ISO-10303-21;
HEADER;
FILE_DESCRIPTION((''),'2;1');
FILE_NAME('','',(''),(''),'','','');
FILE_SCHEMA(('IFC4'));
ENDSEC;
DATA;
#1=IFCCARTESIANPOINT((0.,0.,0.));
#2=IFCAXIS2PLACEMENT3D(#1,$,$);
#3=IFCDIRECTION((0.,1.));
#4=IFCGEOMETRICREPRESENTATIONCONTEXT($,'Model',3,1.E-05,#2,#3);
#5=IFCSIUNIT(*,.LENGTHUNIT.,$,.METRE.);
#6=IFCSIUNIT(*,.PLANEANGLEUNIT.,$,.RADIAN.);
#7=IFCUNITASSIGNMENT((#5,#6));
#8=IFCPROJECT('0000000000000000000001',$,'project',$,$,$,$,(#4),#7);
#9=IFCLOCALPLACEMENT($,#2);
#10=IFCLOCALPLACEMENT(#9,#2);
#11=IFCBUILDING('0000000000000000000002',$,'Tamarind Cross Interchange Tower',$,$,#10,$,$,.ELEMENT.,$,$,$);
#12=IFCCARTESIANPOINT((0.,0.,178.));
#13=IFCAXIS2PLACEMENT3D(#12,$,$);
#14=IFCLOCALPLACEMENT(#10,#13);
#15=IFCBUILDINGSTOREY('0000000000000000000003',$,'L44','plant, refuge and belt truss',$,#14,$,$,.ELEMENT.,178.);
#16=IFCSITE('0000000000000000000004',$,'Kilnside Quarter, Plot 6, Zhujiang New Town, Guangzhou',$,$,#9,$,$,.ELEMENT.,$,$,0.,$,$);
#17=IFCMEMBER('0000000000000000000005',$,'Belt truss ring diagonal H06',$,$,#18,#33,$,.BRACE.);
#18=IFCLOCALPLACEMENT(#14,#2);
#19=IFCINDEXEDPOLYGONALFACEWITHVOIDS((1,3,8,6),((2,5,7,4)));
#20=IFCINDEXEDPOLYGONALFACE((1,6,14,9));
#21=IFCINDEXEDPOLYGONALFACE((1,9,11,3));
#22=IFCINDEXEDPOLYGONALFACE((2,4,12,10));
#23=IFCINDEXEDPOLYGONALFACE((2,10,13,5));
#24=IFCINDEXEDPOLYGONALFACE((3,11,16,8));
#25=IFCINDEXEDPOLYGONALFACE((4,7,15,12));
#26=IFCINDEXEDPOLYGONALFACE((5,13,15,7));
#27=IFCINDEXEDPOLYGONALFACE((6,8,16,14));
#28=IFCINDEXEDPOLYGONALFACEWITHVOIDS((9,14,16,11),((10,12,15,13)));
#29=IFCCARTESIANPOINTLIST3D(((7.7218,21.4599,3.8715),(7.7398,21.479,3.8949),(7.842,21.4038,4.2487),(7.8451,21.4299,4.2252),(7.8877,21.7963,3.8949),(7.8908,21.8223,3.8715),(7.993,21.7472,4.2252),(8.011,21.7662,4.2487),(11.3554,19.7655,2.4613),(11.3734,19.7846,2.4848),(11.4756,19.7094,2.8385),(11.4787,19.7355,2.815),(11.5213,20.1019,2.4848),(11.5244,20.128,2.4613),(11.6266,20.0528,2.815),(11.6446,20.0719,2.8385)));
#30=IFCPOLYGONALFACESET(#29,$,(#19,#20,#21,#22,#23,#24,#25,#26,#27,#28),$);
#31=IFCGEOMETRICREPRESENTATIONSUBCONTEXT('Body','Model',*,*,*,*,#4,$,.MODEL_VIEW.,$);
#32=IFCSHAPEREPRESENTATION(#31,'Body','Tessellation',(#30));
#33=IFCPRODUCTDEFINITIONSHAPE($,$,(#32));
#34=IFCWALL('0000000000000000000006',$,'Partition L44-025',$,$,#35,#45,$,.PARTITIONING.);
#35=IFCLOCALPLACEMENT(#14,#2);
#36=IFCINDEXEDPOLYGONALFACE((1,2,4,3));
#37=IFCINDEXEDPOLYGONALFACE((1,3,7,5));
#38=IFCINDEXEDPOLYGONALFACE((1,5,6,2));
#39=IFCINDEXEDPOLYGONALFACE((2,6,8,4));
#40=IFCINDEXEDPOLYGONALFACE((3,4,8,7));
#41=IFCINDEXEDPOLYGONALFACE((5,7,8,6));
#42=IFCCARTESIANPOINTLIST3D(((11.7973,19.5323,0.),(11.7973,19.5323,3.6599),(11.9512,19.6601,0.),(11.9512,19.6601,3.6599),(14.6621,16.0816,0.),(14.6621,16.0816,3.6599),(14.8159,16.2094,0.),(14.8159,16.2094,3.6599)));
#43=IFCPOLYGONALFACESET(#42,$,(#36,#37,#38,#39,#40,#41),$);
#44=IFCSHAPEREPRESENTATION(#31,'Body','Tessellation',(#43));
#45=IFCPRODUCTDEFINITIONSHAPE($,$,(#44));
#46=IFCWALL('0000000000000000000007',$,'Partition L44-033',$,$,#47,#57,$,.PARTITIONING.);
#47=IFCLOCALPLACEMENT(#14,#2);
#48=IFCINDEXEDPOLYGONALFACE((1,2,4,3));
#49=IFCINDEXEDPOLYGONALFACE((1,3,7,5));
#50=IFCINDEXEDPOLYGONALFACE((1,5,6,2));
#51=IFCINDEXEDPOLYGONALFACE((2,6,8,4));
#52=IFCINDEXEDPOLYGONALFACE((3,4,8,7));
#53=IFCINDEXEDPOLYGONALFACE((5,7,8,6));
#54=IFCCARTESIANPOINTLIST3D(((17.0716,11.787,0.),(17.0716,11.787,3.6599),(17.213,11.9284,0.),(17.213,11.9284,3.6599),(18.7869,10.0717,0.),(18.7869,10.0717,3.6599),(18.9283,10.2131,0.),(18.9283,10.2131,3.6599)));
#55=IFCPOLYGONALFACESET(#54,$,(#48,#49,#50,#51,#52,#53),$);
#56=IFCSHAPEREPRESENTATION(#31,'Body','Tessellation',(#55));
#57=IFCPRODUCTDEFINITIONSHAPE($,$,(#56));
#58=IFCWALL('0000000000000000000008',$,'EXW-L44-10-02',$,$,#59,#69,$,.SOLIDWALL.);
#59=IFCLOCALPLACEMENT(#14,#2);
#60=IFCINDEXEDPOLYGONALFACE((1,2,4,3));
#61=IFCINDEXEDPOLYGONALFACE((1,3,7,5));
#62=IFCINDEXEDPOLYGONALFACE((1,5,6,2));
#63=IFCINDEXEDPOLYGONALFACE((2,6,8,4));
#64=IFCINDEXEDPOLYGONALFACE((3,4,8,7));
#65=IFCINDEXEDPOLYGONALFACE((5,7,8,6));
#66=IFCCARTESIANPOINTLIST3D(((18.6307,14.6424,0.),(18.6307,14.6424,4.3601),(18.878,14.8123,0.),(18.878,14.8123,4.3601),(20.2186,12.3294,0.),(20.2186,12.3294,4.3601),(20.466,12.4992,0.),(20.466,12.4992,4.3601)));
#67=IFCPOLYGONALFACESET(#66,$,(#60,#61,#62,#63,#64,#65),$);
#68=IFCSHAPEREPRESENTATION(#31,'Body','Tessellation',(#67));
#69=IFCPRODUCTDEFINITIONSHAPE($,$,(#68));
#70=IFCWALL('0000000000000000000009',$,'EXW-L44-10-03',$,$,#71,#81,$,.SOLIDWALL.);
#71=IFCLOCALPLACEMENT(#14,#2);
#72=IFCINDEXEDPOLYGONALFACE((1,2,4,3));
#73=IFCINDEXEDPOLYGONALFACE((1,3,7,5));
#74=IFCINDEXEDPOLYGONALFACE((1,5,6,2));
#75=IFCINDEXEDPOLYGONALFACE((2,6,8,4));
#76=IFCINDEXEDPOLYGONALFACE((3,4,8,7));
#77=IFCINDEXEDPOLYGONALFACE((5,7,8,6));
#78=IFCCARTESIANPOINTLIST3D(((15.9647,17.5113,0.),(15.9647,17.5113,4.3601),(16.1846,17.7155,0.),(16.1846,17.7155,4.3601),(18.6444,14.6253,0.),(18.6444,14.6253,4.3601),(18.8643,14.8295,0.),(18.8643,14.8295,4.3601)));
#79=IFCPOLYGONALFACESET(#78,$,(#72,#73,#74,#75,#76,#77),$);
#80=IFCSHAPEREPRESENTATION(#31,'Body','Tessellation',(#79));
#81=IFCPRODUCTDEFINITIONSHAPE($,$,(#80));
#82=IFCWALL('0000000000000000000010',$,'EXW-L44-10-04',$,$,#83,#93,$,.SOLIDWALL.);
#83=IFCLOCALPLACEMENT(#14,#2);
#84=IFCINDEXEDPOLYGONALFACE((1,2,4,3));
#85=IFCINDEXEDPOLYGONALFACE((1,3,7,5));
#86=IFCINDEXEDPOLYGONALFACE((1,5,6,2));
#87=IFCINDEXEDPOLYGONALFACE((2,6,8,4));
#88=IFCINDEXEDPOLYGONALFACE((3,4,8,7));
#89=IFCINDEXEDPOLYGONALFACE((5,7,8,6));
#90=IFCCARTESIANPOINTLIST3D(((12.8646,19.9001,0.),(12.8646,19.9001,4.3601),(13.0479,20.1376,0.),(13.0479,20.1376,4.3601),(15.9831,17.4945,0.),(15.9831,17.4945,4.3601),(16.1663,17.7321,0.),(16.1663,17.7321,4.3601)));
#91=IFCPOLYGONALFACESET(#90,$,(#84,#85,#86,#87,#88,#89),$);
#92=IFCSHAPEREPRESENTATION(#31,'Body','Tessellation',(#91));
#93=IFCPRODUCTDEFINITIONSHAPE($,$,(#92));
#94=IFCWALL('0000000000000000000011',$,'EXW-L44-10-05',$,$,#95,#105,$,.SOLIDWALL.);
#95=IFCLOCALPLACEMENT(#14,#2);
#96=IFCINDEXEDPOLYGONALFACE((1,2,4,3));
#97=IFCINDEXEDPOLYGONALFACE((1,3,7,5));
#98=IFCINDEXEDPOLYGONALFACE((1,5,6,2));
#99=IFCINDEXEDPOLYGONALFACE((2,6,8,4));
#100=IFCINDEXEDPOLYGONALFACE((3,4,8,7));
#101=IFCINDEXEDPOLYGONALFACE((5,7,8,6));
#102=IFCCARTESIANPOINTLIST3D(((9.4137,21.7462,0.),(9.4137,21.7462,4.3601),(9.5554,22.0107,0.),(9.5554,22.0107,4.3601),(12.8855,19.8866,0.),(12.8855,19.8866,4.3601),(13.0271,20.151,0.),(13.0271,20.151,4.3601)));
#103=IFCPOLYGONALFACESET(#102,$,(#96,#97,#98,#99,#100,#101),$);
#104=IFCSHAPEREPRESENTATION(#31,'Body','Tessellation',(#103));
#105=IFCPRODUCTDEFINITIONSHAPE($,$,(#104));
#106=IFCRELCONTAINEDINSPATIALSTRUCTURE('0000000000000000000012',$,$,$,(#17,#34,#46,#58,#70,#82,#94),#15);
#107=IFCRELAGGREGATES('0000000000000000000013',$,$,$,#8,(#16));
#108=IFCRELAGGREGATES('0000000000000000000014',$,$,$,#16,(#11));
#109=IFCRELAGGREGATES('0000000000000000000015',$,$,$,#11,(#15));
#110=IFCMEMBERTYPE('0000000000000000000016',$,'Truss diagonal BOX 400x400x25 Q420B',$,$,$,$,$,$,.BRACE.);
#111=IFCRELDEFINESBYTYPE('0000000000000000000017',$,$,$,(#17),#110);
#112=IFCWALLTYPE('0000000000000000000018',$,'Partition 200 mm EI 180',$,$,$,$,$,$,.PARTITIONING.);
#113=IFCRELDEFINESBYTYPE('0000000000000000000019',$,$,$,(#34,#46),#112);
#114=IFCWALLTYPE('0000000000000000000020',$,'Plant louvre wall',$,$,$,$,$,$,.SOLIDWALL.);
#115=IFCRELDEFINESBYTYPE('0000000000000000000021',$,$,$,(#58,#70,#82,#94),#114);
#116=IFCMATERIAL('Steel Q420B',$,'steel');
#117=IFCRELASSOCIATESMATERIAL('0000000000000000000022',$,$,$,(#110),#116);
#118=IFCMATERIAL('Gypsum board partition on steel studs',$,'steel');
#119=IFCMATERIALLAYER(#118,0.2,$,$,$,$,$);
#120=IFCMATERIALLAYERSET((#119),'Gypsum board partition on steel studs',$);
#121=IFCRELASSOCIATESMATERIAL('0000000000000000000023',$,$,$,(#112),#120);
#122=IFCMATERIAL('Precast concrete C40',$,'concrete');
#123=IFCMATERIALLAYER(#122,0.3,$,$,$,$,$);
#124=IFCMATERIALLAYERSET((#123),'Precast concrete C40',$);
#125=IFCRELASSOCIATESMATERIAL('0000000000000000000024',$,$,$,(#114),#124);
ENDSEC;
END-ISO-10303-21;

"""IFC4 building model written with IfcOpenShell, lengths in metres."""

from ifc_helpers import new_model, si_unit, direction, frame, frame_2d, origin, origin_2d, place, context, subcontext, project, spatial, rectangle, hollow_rectangle, extrude, material, layer, layer_set, material_profile, profile_set, type_object, element, save


model = new_model("IFC4")

# Units and contexts
model_context = context("Model", 3, precision=1e-05, world=origin(), true_north=direction((0.0, 1.0)))
body_context = subcontext(model_context, "Body", "Model", "MODEL_VIEW")
ifc_project = project(units=[si_unit("LENGTHUNIT", "METRE"), si_unit("PLANEANGLEUNIT", "RADIAN")], contexts=[model_context])

# Site, building, storey
site_placement = place(None, origin())
site = spatial("IfcSite", under=ifc_project, at=site_placement, Name="Kilnside Quarter, Plot 6, Zhujiang New Town, Guangzhou", CompositionType="ELEMENT", RefElevation=0.0)
building_placement = place(site_placement, origin())
building = spatial("IfcBuilding", under=site, at=building_placement, Name="Tamarind Cross Interchange Tower", CompositionType="ELEMENT")
storey_placement = place(building_placement, frame((0.0, 0.0, 178.0)))
storey = spatial("IfcBuildingStorey", under=building, at=storey_placement, Name="L44", Description="plant, refuge and belt truss", CompositionType="ELEMENT", Elevation=178.0)

# Member
ifc_material_1 = material(Name="Steel Q420B", Category="steel")
ifc_material_profile_1 = material_profile(ifc_material_1, hollow_rectangle(XDim=0.3999, YDim=0.3999, WallThickness=0.0249, at=origin_2d()), Name="BOX 400x400x25")
ifc_profile_set_1 = profile_set([ifc_material_profile_1], Name="Steel Q420B")
member_type_1 = type_object("IfcMemberType", Name="Truss diagonal BOX 400x400x25 Q420B", PredefinedType="BRACE", material=ifc_profile_set_1)
for number, where, z_axis, x_axis, name in (
    (1, (11.5, 19.9187, 2.6499), (-0.854964, 0.398673, 0.331806), (-0.422615, -0.906309, 0.0), "Belt truss ring diagonal H06"),
):
    element("IfcMember", number, at=place(storey_placement, frame(where, z_axis=z_axis, x_axis=x_axis)), inside=storey, type_object=member_type_1, Name=name, PredefinedType="BRACE", context=body_context, shape_type="SweptSolid", body=[
        extrude(hollow_rectangle(XDim=0.3999, YDim=0.3999, WallThickness=0.0249, at=origin_2d()), origin(), (0.0, 0.0, 1.0), 4.25),
    ])

# Walls
ifc_material_2 = material(Name="Gypsum board partition on steel studs", Category="steel")
ifc_layer_1 = layer(ifc_material_2, 0.2)
ifc_layer_set_1 = layer_set([ifc_layer_1], Name="Gypsum board partition on steel studs")
wall_type_1 = type_object("IfcWallType", Name="Partition 200 mm EI 180", PredefinedType="PARTITIONING", material=ifc_layer_set_1)
wall_1_placement = place(storey_placement, frame((11.8743, 19.5962, 0.0), z_axis=(0.0, 0.0, 1.0), x_axis=(0.638759, -0.769407, 0.0)))
element("IfcWall", 2, at=wall_1_placement, inside=storey, type_object=wall_type_1, Name="Partition L44-025", PredefinedType="PARTITIONING", context=body_context, shape_type="SweptSolid", body=[
    extrude(rectangle(XDim=4.4849, YDim=0.2, at=frame_2d((2.2424, 0.0))), origin(), (0.0, 0.0, 1.0), 3.6599),
])
wall_2_placement = place(storey_placement, frame((17.1423, 11.8577, 0.0), z_axis=(0.0, 0.0, 1.0), x_axis=(0.707107, -0.707107, 0.0)))
element("IfcWall", 3, at=wall_2_placement, inside=storey, type_object=wall_type_1, Name="Partition L44-033", PredefinedType="PARTITIONING", context=body_context, shape_type="SweptSolid", body=[
    extrude(rectangle(XDim=2.4258, YDim=0.2, at=frame_2d((1.2129, 0.0))), origin(), (0.0, 0.0, 1.0), 3.6599),
])
ifc_material_3 = material(Name="Precast concrete C40", Category="concrete")
ifc_layer_2 = layer(ifc_material_3, 0.3)
ifc_layer_set_2 = layer_set([ifc_layer_2], Name="Precast concrete C40")
wall_type_2 = type_object("IfcWallType", Name="Plant louvre wall", PredefinedType="SOLIDWALL", material=ifc_layer_set_2)
wall_3_placement = place(storey_placement, frame((20.3423, 12.4143, 0.0), z_axis=(0.0, 0.0, 1.0), x_axis=(-0.565975, 0.824423, 0.0)))
element("IfcWall", 4, at=wall_3_placement, inside=storey, type_object=wall_type_2, Name="EXW-L44-10-02", PredefinedType="SOLIDWALL", context=body_context, shape_type="SweptSolid", body=[
    extrude(rectangle(XDim=2.8057, YDim=0.3, at=frame_2d((1.4028, 0.0))), origin(), (0.0, 0.0, 1.0), 4.3601),
])
wall_4_placement = place(storey_placement, frame((18.7544, 14.7273, 0.0), z_axis=(0.0, 0.0, 1.0), x_axis=(-0.68043, 0.732813, 0.0)))
element("IfcWall", 5, at=wall_4_placement, inside=storey, type_object=wall_type_2, Name="EXW-L44-10-03", PredefinedType="SOLIDWALL", context=body_context, shape_type="SweptSolid", body=[
    extrude(rectangle(XDim=3.9382, YDim=0.3, at=frame_2d((1.9692, 0.0))), origin(), (0.0, 0.0, 1.0), 4.3601),
])
for number, where, z_axis, x_axis, name in (
    (6, (16.0747, 17.6133, 0.0), (0.0, 0.0, 1.0), (-0.791796, 0.610786, 0.0), "EXW-L44-10-04"),
    (7, (12.9563, 20.0188, 0.0), (0.0, 0.0, 1.0), (-0.881502, 0.47218, 0.0), "EXW-L44-10-05"),
):
    element("IfcWall", number, at=place(storey_placement, frame(where, z_axis=z_axis, x_axis=x_axis)), inside=storey, type_object=wall_type_2, Name=name, PredefinedType="SOLIDWALL", context=body_context, shape_type="SweptSolid", body=[
        extrude(rectangle(XDim=3.9385, YDim=0.3, at=frame_2d((1.9692, 0.0))), origin(), (0.0, 0.0, 1.0), 4.3601),
    ])

save(model, "model.ifc")
